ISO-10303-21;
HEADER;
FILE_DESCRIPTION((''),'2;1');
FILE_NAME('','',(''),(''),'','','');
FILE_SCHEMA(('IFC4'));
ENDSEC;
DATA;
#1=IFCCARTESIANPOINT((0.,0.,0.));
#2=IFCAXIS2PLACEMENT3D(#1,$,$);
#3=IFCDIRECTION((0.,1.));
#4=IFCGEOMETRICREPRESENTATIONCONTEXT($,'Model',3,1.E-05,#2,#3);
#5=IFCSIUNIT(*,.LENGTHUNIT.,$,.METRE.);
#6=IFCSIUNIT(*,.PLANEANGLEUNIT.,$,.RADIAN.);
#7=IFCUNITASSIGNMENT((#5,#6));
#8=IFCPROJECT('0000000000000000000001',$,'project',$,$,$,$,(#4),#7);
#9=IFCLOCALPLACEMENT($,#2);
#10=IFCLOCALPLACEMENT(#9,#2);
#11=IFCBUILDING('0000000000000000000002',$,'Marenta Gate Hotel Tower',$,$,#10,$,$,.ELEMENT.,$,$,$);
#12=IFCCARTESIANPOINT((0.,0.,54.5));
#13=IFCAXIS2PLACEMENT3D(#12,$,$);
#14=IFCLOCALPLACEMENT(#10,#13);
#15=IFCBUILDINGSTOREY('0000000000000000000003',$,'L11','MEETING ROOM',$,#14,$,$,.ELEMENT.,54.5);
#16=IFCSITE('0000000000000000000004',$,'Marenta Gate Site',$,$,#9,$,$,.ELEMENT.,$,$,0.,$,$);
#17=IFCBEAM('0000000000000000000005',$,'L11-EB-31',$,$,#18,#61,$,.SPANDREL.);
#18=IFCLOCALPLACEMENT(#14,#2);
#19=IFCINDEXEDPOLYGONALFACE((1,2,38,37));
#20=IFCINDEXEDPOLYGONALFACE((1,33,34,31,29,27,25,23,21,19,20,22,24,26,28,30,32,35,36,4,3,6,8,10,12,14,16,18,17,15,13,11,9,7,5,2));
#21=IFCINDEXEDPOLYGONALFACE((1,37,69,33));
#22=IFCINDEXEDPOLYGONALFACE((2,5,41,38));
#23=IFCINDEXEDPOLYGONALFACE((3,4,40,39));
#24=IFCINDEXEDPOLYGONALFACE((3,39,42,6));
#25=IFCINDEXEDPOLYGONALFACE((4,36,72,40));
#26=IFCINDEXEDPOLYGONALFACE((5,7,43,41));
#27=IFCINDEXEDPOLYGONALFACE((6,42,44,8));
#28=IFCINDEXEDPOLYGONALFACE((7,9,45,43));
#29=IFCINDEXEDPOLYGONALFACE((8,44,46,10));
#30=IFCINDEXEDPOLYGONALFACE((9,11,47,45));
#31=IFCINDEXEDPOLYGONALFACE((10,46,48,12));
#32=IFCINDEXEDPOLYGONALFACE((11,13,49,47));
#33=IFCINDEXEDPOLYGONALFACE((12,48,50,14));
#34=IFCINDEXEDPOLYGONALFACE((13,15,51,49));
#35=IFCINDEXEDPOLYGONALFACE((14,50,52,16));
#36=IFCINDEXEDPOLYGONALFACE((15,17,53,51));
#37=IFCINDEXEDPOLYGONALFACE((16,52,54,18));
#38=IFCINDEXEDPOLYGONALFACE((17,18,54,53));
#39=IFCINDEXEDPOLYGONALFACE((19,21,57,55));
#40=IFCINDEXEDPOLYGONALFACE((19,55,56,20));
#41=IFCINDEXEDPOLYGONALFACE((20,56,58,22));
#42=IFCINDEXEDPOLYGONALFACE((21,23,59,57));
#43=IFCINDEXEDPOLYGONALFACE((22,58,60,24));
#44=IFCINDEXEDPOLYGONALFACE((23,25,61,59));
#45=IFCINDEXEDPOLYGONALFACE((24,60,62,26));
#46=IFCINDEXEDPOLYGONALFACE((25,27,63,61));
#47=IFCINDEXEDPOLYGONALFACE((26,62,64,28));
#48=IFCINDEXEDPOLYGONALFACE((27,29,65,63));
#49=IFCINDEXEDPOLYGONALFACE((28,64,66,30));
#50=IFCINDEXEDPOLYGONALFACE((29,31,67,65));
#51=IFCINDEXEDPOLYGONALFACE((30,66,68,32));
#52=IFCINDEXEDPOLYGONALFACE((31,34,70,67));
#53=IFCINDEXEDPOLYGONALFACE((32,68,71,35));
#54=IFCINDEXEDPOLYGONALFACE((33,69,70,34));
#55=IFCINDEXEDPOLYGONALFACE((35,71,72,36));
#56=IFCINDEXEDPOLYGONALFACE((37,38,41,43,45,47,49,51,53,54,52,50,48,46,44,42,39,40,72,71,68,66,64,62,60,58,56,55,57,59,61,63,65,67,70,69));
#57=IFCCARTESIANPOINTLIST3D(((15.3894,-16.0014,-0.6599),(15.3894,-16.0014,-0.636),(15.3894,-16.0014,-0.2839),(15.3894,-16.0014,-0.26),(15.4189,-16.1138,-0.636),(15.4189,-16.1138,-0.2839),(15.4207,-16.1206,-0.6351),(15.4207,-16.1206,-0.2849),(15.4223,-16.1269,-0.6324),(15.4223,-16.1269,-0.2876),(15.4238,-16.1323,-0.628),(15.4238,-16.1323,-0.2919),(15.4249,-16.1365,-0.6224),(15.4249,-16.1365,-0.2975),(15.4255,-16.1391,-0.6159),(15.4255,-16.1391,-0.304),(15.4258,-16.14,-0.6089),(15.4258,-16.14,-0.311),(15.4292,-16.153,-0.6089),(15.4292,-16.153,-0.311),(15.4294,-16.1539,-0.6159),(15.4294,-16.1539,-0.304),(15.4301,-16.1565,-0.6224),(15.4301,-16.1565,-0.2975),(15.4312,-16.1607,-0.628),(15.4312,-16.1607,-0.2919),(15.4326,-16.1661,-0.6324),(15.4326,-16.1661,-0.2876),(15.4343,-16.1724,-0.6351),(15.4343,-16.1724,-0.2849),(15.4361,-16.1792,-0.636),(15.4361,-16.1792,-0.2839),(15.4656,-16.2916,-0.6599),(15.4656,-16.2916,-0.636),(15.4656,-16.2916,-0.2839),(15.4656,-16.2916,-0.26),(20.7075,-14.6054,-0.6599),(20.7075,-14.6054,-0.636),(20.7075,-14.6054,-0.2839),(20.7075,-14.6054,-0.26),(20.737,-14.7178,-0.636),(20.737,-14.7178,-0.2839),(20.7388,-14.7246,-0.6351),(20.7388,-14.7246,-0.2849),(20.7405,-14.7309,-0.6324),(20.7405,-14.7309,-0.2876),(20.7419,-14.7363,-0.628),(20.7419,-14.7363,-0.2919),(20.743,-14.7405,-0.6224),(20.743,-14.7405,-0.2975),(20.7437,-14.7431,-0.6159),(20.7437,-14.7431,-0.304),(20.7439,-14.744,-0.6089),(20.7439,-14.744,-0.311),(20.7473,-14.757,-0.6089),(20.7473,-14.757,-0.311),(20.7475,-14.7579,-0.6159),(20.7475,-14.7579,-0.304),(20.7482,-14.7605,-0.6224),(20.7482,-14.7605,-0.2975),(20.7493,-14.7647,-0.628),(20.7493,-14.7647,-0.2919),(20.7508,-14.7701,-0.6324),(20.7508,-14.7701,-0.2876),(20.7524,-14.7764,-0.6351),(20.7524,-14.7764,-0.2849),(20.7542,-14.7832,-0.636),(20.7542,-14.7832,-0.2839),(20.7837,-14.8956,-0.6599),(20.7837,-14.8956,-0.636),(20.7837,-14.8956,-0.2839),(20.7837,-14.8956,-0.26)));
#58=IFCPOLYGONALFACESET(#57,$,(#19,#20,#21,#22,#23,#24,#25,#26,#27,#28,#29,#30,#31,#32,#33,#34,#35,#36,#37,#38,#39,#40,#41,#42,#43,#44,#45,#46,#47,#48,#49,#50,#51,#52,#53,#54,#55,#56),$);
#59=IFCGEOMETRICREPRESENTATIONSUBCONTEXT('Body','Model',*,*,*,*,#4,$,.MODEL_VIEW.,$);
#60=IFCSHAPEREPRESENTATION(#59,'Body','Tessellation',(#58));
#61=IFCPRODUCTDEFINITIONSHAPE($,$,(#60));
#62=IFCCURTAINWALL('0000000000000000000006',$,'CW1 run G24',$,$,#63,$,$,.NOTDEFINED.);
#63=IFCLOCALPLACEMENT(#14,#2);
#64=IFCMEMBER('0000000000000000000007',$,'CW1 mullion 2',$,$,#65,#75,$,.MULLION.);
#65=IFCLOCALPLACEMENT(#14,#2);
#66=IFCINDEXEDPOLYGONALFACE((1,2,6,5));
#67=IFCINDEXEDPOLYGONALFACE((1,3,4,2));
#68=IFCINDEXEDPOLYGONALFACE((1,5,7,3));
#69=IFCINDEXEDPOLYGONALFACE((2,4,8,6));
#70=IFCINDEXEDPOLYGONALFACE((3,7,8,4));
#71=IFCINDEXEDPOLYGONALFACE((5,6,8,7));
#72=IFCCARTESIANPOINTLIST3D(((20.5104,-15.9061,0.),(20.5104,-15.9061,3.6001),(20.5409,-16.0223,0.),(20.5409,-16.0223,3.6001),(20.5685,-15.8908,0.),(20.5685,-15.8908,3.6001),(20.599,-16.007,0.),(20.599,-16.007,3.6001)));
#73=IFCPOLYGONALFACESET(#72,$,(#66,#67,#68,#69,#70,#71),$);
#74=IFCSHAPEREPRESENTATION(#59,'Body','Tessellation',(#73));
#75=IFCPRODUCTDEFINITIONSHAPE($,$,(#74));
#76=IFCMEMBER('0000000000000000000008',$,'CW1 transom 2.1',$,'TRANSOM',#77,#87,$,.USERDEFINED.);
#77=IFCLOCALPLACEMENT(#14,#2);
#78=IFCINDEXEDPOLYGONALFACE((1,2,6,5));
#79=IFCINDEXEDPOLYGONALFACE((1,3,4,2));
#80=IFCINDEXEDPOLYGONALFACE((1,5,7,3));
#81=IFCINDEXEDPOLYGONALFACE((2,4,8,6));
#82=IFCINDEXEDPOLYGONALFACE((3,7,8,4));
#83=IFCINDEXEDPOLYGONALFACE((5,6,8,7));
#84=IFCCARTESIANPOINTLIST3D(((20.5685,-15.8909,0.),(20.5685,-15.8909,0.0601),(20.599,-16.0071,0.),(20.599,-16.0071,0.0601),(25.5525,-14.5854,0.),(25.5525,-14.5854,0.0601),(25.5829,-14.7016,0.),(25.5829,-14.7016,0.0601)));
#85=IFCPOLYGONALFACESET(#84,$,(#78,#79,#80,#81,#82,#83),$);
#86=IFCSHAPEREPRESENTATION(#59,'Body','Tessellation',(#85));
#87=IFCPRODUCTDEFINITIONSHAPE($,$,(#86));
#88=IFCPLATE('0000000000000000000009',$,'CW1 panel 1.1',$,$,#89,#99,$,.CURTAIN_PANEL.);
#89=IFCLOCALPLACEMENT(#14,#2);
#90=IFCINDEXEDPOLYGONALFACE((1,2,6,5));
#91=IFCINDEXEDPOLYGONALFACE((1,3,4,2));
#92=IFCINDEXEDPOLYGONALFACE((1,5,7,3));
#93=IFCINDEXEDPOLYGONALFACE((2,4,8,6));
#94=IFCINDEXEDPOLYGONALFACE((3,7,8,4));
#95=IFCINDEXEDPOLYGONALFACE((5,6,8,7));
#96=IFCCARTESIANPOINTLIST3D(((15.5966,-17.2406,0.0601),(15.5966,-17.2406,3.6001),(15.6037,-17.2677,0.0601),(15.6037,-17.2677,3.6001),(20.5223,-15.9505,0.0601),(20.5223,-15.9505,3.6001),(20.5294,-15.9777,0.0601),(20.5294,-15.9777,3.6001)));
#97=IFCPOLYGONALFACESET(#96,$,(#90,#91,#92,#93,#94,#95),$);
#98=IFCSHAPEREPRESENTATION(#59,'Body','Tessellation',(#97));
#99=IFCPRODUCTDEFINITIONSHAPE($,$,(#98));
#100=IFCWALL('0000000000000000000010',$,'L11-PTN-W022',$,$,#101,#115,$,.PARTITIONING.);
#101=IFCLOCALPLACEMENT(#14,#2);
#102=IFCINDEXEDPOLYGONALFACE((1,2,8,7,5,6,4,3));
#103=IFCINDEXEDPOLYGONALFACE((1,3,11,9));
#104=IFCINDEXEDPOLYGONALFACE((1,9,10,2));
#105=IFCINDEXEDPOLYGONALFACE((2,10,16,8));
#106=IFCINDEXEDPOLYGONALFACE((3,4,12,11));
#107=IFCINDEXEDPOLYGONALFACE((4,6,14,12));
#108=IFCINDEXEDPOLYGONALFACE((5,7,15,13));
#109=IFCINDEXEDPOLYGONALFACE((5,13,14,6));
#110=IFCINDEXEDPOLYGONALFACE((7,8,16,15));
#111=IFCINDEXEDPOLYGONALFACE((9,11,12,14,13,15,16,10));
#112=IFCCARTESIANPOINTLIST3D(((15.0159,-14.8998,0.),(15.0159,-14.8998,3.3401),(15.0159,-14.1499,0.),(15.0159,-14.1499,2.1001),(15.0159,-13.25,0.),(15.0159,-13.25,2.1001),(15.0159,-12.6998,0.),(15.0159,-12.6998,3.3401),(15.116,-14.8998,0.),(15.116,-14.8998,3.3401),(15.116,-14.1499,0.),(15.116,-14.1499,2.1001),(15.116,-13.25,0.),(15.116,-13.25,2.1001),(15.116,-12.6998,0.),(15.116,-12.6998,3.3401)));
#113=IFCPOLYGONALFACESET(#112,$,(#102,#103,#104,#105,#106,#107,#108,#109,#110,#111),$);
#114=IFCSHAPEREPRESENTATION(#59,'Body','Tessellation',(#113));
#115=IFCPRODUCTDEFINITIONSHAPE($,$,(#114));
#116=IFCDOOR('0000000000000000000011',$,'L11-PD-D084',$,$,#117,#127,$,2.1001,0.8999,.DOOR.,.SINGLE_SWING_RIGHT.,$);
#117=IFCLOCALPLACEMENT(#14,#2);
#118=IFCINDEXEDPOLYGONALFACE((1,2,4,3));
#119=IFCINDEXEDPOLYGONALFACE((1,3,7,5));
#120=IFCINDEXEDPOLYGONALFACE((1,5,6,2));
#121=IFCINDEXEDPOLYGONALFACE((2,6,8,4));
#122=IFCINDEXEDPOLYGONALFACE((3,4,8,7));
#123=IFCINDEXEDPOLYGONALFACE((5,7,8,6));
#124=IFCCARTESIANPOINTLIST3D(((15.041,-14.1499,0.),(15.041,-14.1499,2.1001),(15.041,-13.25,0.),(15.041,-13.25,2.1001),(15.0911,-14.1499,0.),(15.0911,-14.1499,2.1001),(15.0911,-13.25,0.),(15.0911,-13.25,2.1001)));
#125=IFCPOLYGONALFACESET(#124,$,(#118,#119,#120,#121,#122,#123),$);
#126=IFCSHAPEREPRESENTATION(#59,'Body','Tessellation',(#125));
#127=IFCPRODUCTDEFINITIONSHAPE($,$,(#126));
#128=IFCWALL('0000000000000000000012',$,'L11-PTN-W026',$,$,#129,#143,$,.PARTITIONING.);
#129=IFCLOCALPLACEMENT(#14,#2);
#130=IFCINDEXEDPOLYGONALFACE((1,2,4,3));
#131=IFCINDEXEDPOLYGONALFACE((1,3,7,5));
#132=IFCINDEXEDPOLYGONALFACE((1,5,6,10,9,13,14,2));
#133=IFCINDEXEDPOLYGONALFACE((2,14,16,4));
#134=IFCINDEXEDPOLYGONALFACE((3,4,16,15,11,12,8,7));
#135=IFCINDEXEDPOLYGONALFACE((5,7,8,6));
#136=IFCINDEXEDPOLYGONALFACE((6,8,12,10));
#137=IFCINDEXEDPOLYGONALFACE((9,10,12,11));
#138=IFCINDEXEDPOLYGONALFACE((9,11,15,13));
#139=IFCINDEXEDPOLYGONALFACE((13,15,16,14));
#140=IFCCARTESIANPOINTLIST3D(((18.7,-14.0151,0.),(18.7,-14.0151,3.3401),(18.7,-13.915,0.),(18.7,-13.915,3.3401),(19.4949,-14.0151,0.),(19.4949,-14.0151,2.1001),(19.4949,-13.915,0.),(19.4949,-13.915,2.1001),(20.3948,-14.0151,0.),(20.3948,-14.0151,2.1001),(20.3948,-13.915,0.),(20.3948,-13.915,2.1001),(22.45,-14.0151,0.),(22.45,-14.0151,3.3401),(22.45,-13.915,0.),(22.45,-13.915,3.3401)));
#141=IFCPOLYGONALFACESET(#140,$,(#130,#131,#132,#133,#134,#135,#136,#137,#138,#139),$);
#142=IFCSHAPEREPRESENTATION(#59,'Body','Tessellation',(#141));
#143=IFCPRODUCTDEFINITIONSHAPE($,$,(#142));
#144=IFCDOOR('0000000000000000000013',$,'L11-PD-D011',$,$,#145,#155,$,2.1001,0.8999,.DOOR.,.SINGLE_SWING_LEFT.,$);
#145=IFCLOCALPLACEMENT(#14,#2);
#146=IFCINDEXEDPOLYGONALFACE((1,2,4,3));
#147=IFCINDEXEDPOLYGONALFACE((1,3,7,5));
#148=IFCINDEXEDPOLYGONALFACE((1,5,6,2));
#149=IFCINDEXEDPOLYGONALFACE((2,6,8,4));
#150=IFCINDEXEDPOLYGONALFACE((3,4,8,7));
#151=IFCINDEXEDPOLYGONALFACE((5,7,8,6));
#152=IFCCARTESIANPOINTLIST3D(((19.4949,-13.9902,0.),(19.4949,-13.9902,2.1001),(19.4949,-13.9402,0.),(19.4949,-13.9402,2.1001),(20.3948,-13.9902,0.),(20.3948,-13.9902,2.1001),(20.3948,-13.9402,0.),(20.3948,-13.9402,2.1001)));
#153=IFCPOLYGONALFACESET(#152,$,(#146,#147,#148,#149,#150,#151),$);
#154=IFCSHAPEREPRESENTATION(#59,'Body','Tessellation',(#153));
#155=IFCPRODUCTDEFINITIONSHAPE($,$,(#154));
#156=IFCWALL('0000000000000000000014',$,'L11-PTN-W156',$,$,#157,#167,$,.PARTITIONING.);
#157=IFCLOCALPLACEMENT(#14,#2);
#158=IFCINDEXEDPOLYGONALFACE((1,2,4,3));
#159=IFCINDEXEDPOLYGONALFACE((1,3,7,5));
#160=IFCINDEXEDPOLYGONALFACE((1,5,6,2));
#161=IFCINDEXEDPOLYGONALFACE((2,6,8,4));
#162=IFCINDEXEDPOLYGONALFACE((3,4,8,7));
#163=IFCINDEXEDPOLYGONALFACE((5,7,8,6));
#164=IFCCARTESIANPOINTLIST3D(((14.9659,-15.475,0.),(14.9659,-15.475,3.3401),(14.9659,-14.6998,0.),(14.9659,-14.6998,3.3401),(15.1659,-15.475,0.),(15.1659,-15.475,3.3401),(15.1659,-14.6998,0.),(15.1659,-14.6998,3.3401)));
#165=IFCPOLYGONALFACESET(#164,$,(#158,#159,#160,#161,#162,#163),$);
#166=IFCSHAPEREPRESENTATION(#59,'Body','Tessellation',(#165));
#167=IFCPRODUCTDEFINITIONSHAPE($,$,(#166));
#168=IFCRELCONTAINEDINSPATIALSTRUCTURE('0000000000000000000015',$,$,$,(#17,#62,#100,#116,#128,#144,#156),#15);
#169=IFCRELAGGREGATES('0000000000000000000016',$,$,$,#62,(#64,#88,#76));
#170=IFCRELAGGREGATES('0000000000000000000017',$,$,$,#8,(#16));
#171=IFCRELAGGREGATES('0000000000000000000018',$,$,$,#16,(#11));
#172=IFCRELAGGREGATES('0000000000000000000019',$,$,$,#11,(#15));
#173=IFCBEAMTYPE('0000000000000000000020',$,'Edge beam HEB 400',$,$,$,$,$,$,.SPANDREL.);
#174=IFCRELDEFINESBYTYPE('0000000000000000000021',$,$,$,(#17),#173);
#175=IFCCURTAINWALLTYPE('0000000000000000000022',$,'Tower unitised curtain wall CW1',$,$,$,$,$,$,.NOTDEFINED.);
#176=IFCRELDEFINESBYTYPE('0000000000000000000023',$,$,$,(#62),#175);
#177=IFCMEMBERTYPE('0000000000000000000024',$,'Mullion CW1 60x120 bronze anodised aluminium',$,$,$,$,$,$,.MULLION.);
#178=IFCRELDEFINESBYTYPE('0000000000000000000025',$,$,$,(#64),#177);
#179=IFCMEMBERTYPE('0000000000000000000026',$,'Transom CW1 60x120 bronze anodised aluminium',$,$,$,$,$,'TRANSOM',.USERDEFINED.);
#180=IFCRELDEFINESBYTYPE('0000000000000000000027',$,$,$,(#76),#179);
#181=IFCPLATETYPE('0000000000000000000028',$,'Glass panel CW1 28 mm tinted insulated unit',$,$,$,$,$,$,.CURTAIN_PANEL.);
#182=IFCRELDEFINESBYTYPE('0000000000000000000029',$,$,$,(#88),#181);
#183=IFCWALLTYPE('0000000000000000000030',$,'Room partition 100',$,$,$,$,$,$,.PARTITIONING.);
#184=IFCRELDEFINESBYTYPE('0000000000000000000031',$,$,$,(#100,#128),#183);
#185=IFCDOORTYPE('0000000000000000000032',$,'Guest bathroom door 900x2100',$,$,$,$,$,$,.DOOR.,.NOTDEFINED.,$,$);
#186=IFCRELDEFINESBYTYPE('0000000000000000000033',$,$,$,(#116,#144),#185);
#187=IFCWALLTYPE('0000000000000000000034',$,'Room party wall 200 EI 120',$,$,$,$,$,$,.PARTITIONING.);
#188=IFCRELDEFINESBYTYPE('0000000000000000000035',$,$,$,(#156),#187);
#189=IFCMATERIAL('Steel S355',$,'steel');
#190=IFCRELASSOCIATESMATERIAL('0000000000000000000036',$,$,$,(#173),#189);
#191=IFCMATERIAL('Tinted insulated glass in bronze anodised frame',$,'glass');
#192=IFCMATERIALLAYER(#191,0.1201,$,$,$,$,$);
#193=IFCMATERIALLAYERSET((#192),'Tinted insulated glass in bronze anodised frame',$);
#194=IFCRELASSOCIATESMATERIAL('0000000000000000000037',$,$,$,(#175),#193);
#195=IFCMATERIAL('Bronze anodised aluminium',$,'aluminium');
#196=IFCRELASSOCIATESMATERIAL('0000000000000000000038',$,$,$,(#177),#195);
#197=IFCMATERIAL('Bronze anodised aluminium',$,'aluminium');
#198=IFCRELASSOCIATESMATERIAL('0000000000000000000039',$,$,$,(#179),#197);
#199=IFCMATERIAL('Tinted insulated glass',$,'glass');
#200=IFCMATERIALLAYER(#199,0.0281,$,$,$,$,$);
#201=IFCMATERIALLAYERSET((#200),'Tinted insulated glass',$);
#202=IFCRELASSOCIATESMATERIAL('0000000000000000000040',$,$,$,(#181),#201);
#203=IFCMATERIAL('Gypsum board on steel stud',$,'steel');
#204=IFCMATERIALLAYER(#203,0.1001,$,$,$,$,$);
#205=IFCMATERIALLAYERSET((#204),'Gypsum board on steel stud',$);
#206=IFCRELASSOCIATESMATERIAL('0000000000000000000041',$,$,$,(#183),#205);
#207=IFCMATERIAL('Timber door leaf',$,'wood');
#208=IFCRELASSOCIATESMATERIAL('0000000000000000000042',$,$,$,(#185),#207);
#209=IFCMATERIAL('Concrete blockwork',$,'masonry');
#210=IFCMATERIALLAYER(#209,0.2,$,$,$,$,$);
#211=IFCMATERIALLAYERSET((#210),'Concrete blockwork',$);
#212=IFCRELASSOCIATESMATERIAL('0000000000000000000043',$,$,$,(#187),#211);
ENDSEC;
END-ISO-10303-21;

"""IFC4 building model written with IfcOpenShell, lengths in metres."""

from ifc_helpers import new_model, si_unit, direction, frame, frame_2d, origin, origin_2d, place, context, subcontext, project, spatial, rectangle, i_section, extrude, material, layer, layer_set, material_profile, profile_set, type_object, element, fill, aggregate, save


model = new_model("IFC4")

# Units and contexts
model_context = context("Model", 3, precision=1e-05, world=origin(), true_north=direction((0.0, 1.0)))
body_context = subcontext(model_context, "Body", "Model", "MODEL_VIEW")
ifc_project = project(units=[si_unit("LENGTHUNIT", "METRE"), si_unit("PLANEANGLEUNIT", "RADIAN")], contexts=[model_context])

# Site, building, storey
site_placement = place(None, origin())
site = spatial("IfcSite", under=ifc_project, at=site_placement, Name="Marenta Gate Site", CompositionType="ELEMENT", RefElevation=0.0)
building_placement = place(site_placement, origin())
building = spatial("IfcBuilding", under=site, at=building_placement, Name="Marenta Gate Hotel Tower", CompositionType="ELEMENT")
storey_placement = place(building_placement, frame((0.0, 0.0, 54.5)))
storey = spatial("IfcBuildingStorey", under=building, at=storey_placement, Name="L11", Description="MEETING ROOM", CompositionType="ELEMENT", Elevation=54.5)

# Beam
ifc_material_1 = material(Name="Steel S355", Category="steel")
ifc_material_profile_1 = material_profile(ifc_material_1, i_section(OverallWidth=0.3, OverallDepth=0.3999, WebThickness=0.0134, FlangeThickness=0.0239, FilletRadius=0.0271, at=origin_2d()), Name="HEB 400")
ifc_profile_set_1 = profile_set([ifc_material_profile_1], Name="Steel S355")
beam_type = type_object("IfcBeamType", Name="Edge beam HEB 400", PredefinedType="SPANDREL", material=ifc_profile_set_1)
beam_placement = place(storey_placement, frame((20.7456, -14.7505, -0.46), z_axis=(-0.967231, -0.253897, 0.0), x_axis=(0.253897, -0.967231, 0.0)))
element("IfcBeam", 1, at=beam_placement, inside=storey, type_object=beam_type, Name="L11-EB-31", PredefinedType="SPANDREL", context=body_context, shape_type="SweptSolid", body=[
    extrude(i_section(OverallWidth=0.3, OverallDepth=0.3999, WebThickness=0.0134, FlangeThickness=0.0239, FilletRadius=0.0271, at=origin_2d()), origin(), (0.0, 0.0, 1.0), 5.4983),
])

# Curtain wall, members, plate
ifc_material_2 = material(Name="Tinted insulated glass in bronze anodised frame", Category="glass")
ifc_layer_1 = layer(ifc_material_2, 0.1201)
ifc_layer_set_1 = layer_set([ifc_layer_1], Name="Tinted insulated glass in bronze anodised frame")
curtain_wall_type = type_object("IfcCurtainWallType", Name="Tower unitised curtain wall CW1", PredefinedType="NOTDEFINED", material=ifc_layer_set_1)
curtain_wall_placement = place(storey_placement, origin())
curtain_wall = element("IfcCurtainWall", 2, at=curtain_wall_placement, inside=storey, type_object=curtain_wall_type, Name="CW1 run G24", PredefinedType="NOTDEFINED")
ifc_material_3 = material(Name="Bronze anodised aluminium", Category="aluminium")
ifc_material_profile_2 = material_profile(ifc_material_3, rectangle(XDim=0.1201, YDim=0.0601, at=origin_2d()), Name="Mullion CW1 60x120 bronze anodised aluminium")
ifc_profile_set_2 = profile_set([ifc_material_profile_2], Name="Bronze anodised aluminium")
member_type_1 = type_object("IfcMemberType", Name="Mullion CW1 60x120 bronze anodised aluminium", PredefinedType="MULLION", material=ifc_profile_set_2)
member_1_placement = place(storey_placement, frame((20.5547, -15.9565, 0.0), z_axis=(0.0, 0.0, 1.0), x_axis=(-0.253364, 0.967371, 0.0)))
member_1 = element("IfcMember", 3, at=member_1_placement, type_object=member_type_1, Name="CW1 mullion 2", PredefinedType="MULLION", context=body_context, shape_type="SweptSolid", body=[
    extrude(rectangle(XDim=0.1201, YDim=0.0601, at=origin_2d()), origin(), (0.0, 0.0, 1.0), 3.6001),
])
ifc_material_4 = material(Name="Bronze anodised aluminium", Category="aluminium")
ifc_material_profile_3 = material_profile(ifc_material_4, rectangle(XDim=0.1201, YDim=0.0601, at=origin_2d()), Name="Transom CW1 60x120 bronze anodised aluminium")
ifc_profile_set_3 = profile_set([ifc_material_profile_3], Name="Bronze anodised aluminium")
member_type_2 = type_object("IfcMemberType", Name="Transom CW1 60x120 bronze anodised aluminium", ElementType="TRANSOM", PredefinedType="USERDEFINED", material=ifc_profile_set_3)
member_2_placement = place(storey_placement, frame((20.5837, -15.949, 0.03), z_axis=(0.967367, 0.253381, 0.0), x_axis=(-0.253381, 0.967367, 0.0)))
member_2 = element("IfcMember", 4, at=member_2_placement, type_object=member_type_2, Name="CW1 transom 2.1", ObjectType="TRANSOM", PredefinedType="USERDEFINED", context=body_context, shape_type="SweptSolid", body=[
    extrude(rectangle(XDim=0.1201, YDim=0.0601, at=origin_2d()), origin(), (0.0, 0.0, 1.0), 5.1521),
])
ifc_material_5 = material(Name="Tinted insulated glass", Category="glass")
ifc_layer_2 = layer(ifc_material_5, 0.0281)
ifc_layer_set_2 = layer_set([ifc_layer_2], Name="Tinted insulated glass")
plate_type = type_object("IfcPlateType", Name="Glass panel CW1 28 mm tinted insulated unit", PredefinedType="CURTAIN_PANEL", material=ifc_layer_set_2)
plate_placement = place(storey_placement, frame((18.063, -16.6091, 0.0601), z_axis=(0.0, 0.0, 1.0), x_axis=(0.967371, 0.253364, 0.0)))
plate = element("IfcPlate", 5, at=plate_placement, type_object=plate_type, Name="CW1 panel 1.1", PredefinedType="CURTAIN_PANEL", context=body_context, shape_type="SweptSolid", body=[
    extrude(rectangle(XDim=5.0918, YDim=0.0281, at=origin_2d()), origin(), (0.0, 0.0, 1.0), 3.54),
])
aggregate(curtain_wall, [member_1, plate, member_2])

# Walls, openings, doors
ifc_material_6 = material(Name="Gypsum board on steel stud", Category="steel")
ifc_layer_3 = layer(ifc_material_6, 0.1001)
ifc_layer_set_3 = layer_set([ifc_layer_3], Name="Gypsum board on steel stud")
wall_type_1 = type_object("IfcWallType", Name="Room partition 100", PredefinedType="PARTITIONING", material=ifc_layer_set_3)
wall_1_placement = place(storey_placement, frame((15.0659, -14.8999, 0.0), z_axis=(0.0, 0.0, 1.0), x_axis=(0.0, 1.0, 0.0)))
wall_1 = element("IfcWall", 6, at=wall_1_placement, inside=storey, type_object=wall_type_1, Name="L11-PTN-W022", PredefinedType="PARTITIONING", context=body_context, shape_type="SweptSolid", body=[
    extrude(rectangle(XDim=2.2, YDim=0.1001, at=frame_2d((1.1001, 0.0))), origin(), (0.0, 0.0, 1.0), 3.3401),
])
opening_1_placement = place(wall_1_placement, frame((0.75, 0.0, 0.0)))
opening_1 = element("IfcOpeningElement", 7, at=opening_1_placement, cuts=wall_1, PredefinedType="OPENING", context=body_context, shape_type="SweptSolid", body=[
    extrude(rectangle(XDim=0.8999, YDim=2.1001, at=frame_2d((0.45, 1.05))), frame((0.0, 0.05, 0.0), z_axis=(0.0, -1.0, 0.0), x_axis=(1.0, 0.0, 0.0)), (0.0, 0.0, 1.0), 0.1001),
])
ifc_material_7 = material(Name="Timber door leaf", Category="wood")
door_type_1 = type_object("IfcDoorType", Name="Guest bathroom door 900x2100", OperationType="NOTDEFINED", PredefinedType="DOOR", material=ifc_material_7)
door_1_placement = place(opening_1_placement, origin())
door_1 = element("IfcDoor", 8, at=door_1_placement, inside=storey, type_object=door_type_1, Name="L11-PD-D084", OperationType="SINGLE_SWING_RIGHT", OverallHeight=2.1001, OverallWidth=0.8999, PredefinedType="DOOR", context=body_context, shape_type="SweptSolid", body=[
    extrude(rectangle(XDim=0.8999, YDim=2.1001, at=frame_2d((0.45, 1.05))), frame((0.0, 0.0249, 0.0), z_axis=(0.0, -1.0, 0.0), x_axis=(1.0, 0.0, 0.0)), (0.0, 0.0, 1.0), 0.05),
])
fill(opening_1, door_1)
wall_2_placement = place(storey_placement, frame((18.7, -13.9651, 0.0), z_axis=(0.0, 0.0, 1.0), x_axis=(1.0, 0.0, 0.0)))
wall_2 = element("IfcWall", 9, at=wall_2_placement, inside=storey, type_object=wall_type_1, Name="L11-PTN-W026", PredefinedType="PARTITIONING", context=body_context, shape_type="SweptSolid", body=[
    extrude(rectangle(XDim=3.75, YDim=0.1001, at=frame_2d((1.875, 0.0))), origin(), (0.0, 0.0, 1.0), 3.3401),
])
opening_2_placement = place(wall_2_placement, frame((0.7949, 0.0, 0.0)))
opening_2 = element("IfcOpeningElement", 10, at=opening_2_placement, cuts=wall_2, PredefinedType="OPENING", context=body_context, shape_type="SweptSolid", body=[
    extrude(rectangle(XDim=0.8999, YDim=2.1001, at=frame_2d((0.45, 1.05))), frame((0.0, 0.05, 0.0), z_axis=(0.0, -1.0, 0.0), x_axis=(1.0, 0.0, 0.0)), (0.0, 0.0, 1.0), 0.1001),
])
door_2_placement = place(opening_2_placement, origin())
door_2 = element("IfcDoor", 11, at=door_2_placement, inside=storey, type_object=door_type_1, Name="L11-PD-D011", OperationType="SINGLE_SWING_LEFT", OverallHeight=2.1001, OverallWidth=0.8999, PredefinedType="DOOR", context=body_context, shape_type="SweptSolid", body=[
    extrude(rectangle(XDim=0.8999, YDim=2.1001, at=frame_2d((0.45, 1.05))), frame((0.0, 0.0249, 0.0), z_axis=(0.0, -1.0, 0.0), x_axis=(1.0, 0.0, 0.0)), (0.0, 0.0, 1.0), 0.05),
])
fill(opening_2, door_2)

# Wall
ifc_material_8 = material(Name="Concrete blockwork", Category="masonry")
ifc_layer_4 = layer(ifc_material_8, 0.2)
ifc_layer_set_4 = layer_set([ifc_layer_4], Name="Concrete blockwork")
wall_type_2 = type_object("IfcWallType", Name="Room party wall 200 EI 120", PredefinedType="PARTITIONING", material=ifc_layer_set_4)
wall_3_placement = place(storey_placement, frame((15.0659, -15.4751, 0.0), z_axis=(0.0, 0.0, 1.0), x_axis=(0.0, 1.0, 0.0)))
element("IfcWall", 12, at=wall_3_placement, inside=storey, type_object=wall_type_2, Name="L11-PTN-W156", PredefinedType="PARTITIONING", context=body_context, shape_type="SweptSolid", body=[
    extrude(rectangle(XDim=0.7751, YDim=0.2, at=frame_2d((0.3877, 0.0))), origin(), (0.0, 0.0, 1.0), 3.3401),
])

save(model, "model.ifc")
